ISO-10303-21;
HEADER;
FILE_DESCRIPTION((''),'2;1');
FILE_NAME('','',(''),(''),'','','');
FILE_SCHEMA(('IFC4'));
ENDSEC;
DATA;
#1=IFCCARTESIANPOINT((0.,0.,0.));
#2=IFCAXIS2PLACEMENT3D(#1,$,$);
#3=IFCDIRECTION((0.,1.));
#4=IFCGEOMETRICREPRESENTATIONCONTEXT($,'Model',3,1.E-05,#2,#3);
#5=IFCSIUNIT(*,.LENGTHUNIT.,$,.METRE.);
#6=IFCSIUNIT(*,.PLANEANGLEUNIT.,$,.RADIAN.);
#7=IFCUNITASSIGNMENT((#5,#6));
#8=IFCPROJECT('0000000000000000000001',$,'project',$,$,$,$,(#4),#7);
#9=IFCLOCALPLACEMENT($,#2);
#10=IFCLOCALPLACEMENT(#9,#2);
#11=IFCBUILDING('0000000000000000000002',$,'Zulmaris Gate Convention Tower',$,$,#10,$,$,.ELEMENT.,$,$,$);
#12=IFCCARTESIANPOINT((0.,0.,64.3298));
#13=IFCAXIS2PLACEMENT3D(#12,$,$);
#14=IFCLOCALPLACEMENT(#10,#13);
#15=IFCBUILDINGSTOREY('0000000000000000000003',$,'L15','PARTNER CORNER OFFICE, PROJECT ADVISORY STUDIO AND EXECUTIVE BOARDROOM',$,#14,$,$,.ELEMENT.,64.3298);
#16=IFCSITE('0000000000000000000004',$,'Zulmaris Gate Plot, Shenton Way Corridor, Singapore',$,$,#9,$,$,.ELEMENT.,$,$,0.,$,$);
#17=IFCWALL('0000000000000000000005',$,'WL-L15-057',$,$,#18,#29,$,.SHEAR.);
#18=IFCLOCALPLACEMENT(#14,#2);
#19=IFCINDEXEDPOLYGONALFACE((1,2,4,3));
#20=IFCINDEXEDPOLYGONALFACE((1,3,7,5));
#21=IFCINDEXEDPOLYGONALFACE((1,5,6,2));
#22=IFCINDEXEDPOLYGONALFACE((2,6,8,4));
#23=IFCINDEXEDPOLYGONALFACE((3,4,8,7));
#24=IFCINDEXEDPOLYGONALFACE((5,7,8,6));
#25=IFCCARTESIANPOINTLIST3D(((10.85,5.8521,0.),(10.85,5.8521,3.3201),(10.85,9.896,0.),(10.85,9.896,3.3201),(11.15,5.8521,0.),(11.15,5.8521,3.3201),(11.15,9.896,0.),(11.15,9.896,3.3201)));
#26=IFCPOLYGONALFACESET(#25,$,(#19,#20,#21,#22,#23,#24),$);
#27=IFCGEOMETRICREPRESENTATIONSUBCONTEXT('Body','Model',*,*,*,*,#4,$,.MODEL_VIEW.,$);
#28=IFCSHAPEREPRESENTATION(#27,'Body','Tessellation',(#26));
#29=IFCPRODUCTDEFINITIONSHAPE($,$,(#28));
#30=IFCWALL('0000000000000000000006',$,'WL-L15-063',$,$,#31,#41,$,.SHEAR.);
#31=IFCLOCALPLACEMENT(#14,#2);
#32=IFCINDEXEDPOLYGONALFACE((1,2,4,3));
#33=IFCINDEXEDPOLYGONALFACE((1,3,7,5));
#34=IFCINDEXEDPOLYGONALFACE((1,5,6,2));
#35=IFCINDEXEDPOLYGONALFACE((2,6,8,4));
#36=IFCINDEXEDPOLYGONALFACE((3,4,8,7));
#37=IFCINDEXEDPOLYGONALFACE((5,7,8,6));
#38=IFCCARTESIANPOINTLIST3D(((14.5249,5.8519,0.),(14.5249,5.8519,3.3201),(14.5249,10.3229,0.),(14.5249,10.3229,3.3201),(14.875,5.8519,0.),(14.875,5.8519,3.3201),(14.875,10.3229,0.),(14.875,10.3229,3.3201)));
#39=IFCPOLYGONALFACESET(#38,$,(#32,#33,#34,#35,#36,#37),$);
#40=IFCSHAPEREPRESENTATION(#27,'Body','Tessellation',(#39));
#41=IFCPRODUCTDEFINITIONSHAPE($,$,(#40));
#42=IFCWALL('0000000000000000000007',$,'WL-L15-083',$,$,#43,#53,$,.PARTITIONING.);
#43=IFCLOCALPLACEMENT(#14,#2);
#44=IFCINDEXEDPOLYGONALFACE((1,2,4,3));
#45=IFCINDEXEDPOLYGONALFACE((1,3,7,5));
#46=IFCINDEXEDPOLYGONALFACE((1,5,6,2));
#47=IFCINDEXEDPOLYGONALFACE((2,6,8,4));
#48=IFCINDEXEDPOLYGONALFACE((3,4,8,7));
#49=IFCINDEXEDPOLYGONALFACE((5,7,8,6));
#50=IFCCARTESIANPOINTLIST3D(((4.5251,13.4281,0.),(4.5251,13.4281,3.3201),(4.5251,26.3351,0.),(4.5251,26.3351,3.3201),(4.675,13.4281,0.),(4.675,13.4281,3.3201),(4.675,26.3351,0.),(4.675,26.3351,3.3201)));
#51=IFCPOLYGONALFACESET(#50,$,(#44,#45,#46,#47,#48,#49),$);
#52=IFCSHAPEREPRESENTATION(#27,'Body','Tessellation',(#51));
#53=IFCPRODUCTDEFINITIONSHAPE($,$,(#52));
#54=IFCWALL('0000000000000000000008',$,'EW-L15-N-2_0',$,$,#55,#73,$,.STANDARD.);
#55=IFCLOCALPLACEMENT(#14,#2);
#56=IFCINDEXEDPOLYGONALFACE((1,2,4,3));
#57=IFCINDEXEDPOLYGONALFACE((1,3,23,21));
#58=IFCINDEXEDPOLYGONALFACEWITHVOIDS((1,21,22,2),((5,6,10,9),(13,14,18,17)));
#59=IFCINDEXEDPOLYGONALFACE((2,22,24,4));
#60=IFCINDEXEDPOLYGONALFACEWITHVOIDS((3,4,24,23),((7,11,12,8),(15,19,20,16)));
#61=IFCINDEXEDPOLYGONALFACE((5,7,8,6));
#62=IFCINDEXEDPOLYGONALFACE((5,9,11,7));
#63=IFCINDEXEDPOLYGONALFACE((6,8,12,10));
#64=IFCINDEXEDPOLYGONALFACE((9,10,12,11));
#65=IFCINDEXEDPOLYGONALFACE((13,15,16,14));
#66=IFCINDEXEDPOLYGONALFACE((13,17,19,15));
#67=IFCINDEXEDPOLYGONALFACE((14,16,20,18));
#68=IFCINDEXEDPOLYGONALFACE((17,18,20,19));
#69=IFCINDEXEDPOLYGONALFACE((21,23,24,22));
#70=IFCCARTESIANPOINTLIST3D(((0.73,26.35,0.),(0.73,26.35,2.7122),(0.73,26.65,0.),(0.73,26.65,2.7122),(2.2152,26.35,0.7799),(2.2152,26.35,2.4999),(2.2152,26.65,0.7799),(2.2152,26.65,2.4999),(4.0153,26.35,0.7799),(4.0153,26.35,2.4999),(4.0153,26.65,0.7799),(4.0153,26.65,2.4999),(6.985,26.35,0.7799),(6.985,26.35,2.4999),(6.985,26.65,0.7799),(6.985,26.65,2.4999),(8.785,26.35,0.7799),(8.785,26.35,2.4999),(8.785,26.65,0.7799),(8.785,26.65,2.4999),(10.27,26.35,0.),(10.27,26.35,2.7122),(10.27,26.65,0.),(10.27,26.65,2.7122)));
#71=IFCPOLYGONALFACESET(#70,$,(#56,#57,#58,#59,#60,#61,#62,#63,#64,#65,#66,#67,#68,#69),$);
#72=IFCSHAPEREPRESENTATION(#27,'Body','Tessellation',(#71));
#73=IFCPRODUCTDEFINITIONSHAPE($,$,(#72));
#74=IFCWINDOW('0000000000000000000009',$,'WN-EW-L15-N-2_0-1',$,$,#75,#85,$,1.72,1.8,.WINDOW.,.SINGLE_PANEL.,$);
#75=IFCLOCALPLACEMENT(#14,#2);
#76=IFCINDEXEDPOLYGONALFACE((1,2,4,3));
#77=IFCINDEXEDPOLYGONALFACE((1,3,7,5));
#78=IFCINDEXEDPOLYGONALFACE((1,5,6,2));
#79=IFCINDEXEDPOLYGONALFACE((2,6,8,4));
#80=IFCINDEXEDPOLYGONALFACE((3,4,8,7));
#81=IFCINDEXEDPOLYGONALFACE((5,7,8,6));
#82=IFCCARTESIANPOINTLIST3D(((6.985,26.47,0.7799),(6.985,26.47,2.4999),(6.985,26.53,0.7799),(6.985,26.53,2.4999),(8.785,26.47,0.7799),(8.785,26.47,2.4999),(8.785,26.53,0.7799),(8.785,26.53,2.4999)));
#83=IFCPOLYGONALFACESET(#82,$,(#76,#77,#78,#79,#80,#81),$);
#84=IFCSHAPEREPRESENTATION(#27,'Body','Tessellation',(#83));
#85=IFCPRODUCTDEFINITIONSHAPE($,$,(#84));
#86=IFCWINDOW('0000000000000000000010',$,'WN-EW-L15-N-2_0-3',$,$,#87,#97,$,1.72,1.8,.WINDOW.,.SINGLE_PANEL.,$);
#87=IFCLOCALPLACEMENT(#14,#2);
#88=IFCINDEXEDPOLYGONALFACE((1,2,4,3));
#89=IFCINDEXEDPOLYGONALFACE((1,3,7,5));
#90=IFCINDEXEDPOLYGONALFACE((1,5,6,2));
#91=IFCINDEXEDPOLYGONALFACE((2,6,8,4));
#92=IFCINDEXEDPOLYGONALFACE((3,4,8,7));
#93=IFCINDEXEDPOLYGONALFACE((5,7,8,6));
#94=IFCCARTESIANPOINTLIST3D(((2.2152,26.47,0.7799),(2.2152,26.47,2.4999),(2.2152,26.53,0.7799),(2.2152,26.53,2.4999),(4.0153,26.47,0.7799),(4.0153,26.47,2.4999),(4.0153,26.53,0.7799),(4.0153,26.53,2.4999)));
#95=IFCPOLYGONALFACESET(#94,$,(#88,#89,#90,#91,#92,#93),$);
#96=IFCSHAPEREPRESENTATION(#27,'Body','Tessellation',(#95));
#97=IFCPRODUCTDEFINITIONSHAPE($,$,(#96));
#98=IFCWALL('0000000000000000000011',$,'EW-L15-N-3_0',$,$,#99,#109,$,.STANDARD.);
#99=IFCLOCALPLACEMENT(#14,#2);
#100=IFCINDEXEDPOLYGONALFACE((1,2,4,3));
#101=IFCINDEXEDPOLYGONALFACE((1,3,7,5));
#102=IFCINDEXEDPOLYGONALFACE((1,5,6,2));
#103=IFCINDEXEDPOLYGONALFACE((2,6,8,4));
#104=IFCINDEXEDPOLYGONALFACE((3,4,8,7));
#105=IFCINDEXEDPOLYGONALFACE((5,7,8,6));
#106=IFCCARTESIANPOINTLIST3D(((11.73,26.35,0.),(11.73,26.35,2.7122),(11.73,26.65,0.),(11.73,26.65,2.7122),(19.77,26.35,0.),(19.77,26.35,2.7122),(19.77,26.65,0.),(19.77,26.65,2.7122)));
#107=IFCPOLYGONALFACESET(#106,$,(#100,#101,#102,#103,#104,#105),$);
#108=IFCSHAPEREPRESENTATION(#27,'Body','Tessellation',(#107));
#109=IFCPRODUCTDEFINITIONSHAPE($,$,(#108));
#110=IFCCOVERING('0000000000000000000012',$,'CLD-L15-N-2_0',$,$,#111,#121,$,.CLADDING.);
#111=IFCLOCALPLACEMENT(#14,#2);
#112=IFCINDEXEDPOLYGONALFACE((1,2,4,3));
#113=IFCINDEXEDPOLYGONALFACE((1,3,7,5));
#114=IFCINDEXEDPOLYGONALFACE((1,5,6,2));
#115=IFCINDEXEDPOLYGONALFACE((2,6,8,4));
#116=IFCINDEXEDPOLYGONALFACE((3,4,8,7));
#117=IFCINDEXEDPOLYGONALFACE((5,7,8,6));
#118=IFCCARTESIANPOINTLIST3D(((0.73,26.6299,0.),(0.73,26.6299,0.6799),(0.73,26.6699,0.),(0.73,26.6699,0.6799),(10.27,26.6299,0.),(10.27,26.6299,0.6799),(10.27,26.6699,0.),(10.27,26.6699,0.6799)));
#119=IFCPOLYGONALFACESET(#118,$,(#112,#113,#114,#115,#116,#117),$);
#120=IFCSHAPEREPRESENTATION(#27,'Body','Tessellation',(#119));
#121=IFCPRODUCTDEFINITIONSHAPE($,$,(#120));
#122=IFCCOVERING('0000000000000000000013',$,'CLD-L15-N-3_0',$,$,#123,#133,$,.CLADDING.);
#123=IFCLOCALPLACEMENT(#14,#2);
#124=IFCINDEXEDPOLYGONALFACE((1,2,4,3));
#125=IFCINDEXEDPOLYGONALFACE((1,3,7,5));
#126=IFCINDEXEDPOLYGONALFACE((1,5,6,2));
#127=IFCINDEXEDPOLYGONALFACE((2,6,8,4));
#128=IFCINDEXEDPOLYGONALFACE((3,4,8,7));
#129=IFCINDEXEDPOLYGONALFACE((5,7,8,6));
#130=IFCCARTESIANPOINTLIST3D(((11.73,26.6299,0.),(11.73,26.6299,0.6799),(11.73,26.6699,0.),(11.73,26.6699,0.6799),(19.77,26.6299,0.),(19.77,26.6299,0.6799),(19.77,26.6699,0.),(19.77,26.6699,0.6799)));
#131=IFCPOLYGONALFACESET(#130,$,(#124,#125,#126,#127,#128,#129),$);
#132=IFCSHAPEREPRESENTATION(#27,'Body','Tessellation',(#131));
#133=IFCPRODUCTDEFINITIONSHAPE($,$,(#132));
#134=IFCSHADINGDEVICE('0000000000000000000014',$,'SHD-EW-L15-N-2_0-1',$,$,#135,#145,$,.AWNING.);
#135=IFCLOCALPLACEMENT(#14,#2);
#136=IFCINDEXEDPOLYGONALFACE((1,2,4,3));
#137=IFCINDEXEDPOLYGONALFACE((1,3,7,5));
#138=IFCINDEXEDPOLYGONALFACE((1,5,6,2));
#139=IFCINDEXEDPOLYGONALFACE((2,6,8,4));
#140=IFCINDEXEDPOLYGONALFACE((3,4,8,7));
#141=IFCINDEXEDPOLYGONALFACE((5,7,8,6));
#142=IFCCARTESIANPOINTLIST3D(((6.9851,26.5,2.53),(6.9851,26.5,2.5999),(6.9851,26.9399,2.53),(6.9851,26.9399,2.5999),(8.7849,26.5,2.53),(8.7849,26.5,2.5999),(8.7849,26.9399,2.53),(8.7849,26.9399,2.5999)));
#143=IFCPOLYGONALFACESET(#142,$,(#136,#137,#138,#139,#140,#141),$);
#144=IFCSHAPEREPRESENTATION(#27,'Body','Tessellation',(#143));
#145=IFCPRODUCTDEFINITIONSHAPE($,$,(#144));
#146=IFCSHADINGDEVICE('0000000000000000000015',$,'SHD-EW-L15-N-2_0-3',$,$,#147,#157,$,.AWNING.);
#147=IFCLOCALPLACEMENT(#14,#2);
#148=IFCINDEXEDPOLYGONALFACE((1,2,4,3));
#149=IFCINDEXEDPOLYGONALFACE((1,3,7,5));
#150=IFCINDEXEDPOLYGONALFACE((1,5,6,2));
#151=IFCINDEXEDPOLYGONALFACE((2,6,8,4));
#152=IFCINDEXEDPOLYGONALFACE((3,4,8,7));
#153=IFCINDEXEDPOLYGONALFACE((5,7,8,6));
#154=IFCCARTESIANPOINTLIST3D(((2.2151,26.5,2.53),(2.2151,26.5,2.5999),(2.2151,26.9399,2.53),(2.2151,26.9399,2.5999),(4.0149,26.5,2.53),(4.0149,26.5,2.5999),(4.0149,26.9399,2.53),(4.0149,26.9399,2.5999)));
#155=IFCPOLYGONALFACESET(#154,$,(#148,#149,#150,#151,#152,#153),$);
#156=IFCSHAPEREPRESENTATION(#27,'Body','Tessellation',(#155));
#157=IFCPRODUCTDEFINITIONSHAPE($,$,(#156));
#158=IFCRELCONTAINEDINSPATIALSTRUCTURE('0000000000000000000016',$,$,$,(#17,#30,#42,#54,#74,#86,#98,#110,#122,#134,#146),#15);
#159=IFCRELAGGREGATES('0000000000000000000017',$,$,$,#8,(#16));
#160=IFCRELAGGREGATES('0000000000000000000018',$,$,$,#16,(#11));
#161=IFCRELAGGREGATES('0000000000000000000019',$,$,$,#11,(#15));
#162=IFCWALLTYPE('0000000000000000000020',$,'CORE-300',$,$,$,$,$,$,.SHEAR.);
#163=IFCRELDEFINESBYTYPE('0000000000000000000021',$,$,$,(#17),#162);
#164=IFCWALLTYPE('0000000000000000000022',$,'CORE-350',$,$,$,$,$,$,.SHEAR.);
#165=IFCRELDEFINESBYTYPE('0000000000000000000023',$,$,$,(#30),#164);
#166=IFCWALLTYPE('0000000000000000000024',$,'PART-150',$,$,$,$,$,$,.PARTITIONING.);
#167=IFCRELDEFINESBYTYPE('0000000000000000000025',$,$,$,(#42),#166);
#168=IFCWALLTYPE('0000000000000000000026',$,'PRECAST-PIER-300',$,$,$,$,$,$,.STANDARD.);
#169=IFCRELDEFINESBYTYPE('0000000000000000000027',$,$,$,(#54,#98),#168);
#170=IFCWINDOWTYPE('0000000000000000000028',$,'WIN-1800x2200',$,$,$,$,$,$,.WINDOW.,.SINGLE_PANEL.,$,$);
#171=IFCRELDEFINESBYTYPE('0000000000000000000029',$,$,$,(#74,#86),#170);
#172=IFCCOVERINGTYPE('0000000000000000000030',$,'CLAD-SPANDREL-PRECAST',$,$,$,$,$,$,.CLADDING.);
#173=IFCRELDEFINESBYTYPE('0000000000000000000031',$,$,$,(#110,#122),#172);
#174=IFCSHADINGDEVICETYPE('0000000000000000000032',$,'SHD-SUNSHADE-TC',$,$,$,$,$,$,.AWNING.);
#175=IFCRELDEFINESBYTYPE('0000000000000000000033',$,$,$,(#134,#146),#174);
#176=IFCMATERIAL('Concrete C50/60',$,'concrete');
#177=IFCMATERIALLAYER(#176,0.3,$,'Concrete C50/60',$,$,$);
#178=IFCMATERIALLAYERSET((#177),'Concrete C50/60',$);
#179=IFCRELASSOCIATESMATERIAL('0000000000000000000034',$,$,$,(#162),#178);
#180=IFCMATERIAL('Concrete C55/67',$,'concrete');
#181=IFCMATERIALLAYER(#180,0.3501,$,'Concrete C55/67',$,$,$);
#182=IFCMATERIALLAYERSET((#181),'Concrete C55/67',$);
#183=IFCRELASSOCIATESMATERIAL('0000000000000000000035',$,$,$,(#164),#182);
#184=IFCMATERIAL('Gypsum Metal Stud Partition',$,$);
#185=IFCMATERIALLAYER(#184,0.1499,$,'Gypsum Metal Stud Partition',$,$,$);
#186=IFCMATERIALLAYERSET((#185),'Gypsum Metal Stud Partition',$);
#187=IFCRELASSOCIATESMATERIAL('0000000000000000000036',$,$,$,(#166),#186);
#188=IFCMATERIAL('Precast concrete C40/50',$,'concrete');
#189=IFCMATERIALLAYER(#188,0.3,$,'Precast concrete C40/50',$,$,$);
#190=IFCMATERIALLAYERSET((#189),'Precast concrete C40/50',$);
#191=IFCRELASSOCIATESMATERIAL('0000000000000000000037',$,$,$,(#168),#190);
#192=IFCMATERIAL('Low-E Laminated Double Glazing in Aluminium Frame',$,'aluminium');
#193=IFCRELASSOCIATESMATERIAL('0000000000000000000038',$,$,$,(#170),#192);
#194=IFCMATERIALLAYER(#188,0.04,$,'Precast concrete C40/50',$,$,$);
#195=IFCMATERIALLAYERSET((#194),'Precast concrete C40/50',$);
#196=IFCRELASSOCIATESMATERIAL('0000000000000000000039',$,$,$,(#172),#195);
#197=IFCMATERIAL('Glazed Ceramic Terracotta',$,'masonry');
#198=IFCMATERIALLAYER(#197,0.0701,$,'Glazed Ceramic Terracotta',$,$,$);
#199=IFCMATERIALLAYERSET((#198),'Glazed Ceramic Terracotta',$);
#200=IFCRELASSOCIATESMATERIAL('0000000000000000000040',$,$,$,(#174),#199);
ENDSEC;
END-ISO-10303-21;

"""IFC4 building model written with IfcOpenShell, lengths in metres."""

from ifc_helpers import new_model, si_unit, direction, frame, frame_2d, origin, place, context, subcontext, project, spatial, rectangle, extrude, material, layer, layer_set, type_object, element, fill, save


model = new_model("IFC4")

# Units and contexts
model_context = context("Model", 3, precision=1e-05, world=origin(), true_north=direction((0.0, 1.0)))
body_context = subcontext(model_context, "Body", "Model", "MODEL_VIEW")
ifc_project = project(units=[si_unit("LENGTHUNIT", "METRE"), si_unit("PLANEANGLEUNIT", "RADIAN")], contexts=[model_context])

# Site, building, storey
site_placement = place(None, origin())
site = spatial("IfcSite", under=ifc_project, at=site_placement, Name="Zulmaris Gate Plot, Shenton Way Corridor, Singapore", CompositionType="ELEMENT", RefElevation=0.0)
building_placement = place(site_placement, origin())
building = spatial("IfcBuilding", under=site, at=building_placement, Name="Zulmaris Gate Convention Tower", CompositionType="ELEMENT")
storey_placement = place(building_placement, frame((0.0, 0.0, 64.3298)))
storey = spatial("IfcBuildingStorey", under=building, at=storey_placement, Name="L15", Description="PARTNER CORNER OFFICE, PROJECT ADVISORY STUDIO AND EXECUTIVE BOARDROOM", CompositionType="ELEMENT", Elevation=64.3298)

# Shared definitions
ifc_material_1 = material(Name="Concrete C50/60", Category="concrete")
ifc_layer_1 = layer(ifc_material_1, 0.3, Name="Concrete C50/60")
ifc_layer_set_1 = layer_set([ifc_layer_1], Name="Concrete C50/60")
wall_type_1 = type_object("IfcWallType", Name="CORE-300", PredefinedType="SHEAR", material=ifc_layer_set_1)

# Wall
wall_1_placement = place(storey_placement, frame((11.0, 5.8521, 0.0), z_axis=(0.0, 0.0, 1.0), x_axis=(0.0, 1.0, 0.0)))
element("IfcWall", 1, at=wall_1_placement, inside=storey, type_object=wall_type_1, Name="WL-L15-057", PredefinedType="SHEAR", context=body_context, shape_type="SweptSolid", body=[
    extrude(rectangle(XDim=4.0439, YDim=0.3, at=frame_2d((2.022, 0.0))), origin(), (0.0, 0.0, 1.0), 3.3201),
])

# Shared definitions
ifc_material_2 = material(Name="Concrete C55/67", Category="concrete")
ifc_layer_2 = layer(ifc_material_2, 0.3501, Name="Concrete C55/67")
ifc_layer_set_2 = layer_set([ifc_layer_2], Name="Concrete C55/67")
wall_type_2 = type_object("IfcWallType", Name="CORE-350", PredefinedType="SHEAR", material=ifc_layer_set_2)

# Walls
wall_2_placement = place(storey_placement, frame((14.7, 5.8521, 0.0), z_axis=(0.0, 0.0, 1.0), x_axis=(0.0, 1.0, 0.0)))
element("IfcWall", 2, at=wall_2_placement, inside=storey, type_object=wall_type_2, Name="WL-L15-063", PredefinedType="SHEAR", context=body_context, shape_type="SweptSolid", body=[
    extrude(rectangle(XDim=4.4709, YDim=0.3501, at=frame_2d((2.2354, 0.0))), origin(), (0.0, 0.0, 1.0), 3.3201),
])
ifc_material_3 = material(Name="Gypsum Metal Stud Partition")
ifc_layer_3 = layer(ifc_material_3, 0.1499, Name="Gypsum Metal Stud Partition")
ifc_layer_set_3 = layer_set([ifc_layer_3], Name="Gypsum Metal Stud Partition")
wall_type_3 = type_object("IfcWallType", Name="PART-150", PredefinedType="PARTITIONING", material=ifc_layer_set_3)
wall_3_placement = place(storey_placement, frame((4.6001, 13.428, 0.0), z_axis=(0.0, 0.0, 1.0), x_axis=(0.0, 1.0, 0.0)))
element("IfcWall", 3, at=wall_3_placement, inside=storey, type_object=wall_type_3, Name="WL-L15-083", PredefinedType="PARTITIONING", context=body_context, shape_type="SweptSolid", body=[
    extrude(rectangle(XDim=12.907, YDim=0.1499, at=frame_2d((6.4536, 0.0))), origin(), (0.0, 0.0, 1.0), 3.3201),
])

# Wall, openings, windows
ifc_material_4 = material(Name="Precast concrete C40/50", Category="concrete")
ifc_layer_4 = layer(ifc_material_4, 0.3, Name="Precast concrete C40/50")
ifc_layer_set_4 = layer_set([ifc_layer_4], Name="Precast concrete C40/50")
wall_type_4 = type_object("IfcWallType", Name="PRECAST-PIER-300", PredefinedType="STANDARD", material=ifc_layer_set_4)
wall_4_placement = place(storey_placement, frame((10.27, 26.5, 0.0), z_axis=(0.0, 0.0, 1.0), x_axis=(-1.0, 0.0, 0.0)))
wall_4 = element("IfcWall", 4, at=wall_4_placement, inside=storey, type_object=wall_type_4, Name="EW-L15-N-2_0", PredefinedType="STANDARD", context=body_context, shape_type="SweptSolid", body=[
    extrude(rectangle(XDim=9.54, YDim=0.3, at=frame_2d((4.77, 0.0))), origin(), (0.0, 0.0, 1.0), 2.7122),
])
opening_1_placement = place(wall_4_placement, frame((1.4851, 0.0, 0.78)))
opening_1 = element("IfcOpeningElement", 5, at=opening_1_placement, cuts=wall_4, PredefinedType="OPENING", context=body_context, shape_type="SweptSolid", body=[
    extrude(rectangle(XDim=1.8, YDim=1.72, at=frame_2d((0.8999, 0.8599))), frame((0.0, 0.1602, 0.0), z_axis=(0.0, -1.0, 0.0), x_axis=(1.0, 0.0, 0.0)), (0.0, 0.0, 1.0), 0.3201),
])
opening_2_placement = place(wall_4_placement, frame((6.2549, 0.0, 0.78)))
opening_2 = element("IfcOpeningElement", 6, at=opening_2_placement, cuts=wall_4, PredefinedType="OPENING", context=body_context, shape_type="SweptSolid", body=[
    extrude(rectangle(XDim=1.8, YDim=1.72, at=frame_2d((0.8999, 0.8599))), frame((0.0, 0.1602, 0.0), z_axis=(0.0, -1.0, 0.0), x_axis=(1.0, 0.0, 0.0)), (0.0, 0.0, 1.0), 0.3201),
])
ifc_material_5 = material(Name="Low-E Laminated Double Glazing in Aluminium Frame", Category="aluminium")
window_type = type_object("IfcWindowType", Name="WIN-1800x2200", PartitioningType="SINGLE_PANEL", PredefinedType="WINDOW", material=ifc_material_5)
window_1_placement = place(opening_1_placement, origin())
window_1 = element("IfcWindow", 7, at=window_1_placement, inside=storey, type_object=window_type, Name="WN-EW-L15-N-2_0-1", OverallHeight=1.72, OverallWidth=1.8, PartitioningType="SINGLE_PANEL", PredefinedType="WINDOW", context=body_context, shape_type="SweptSolid", body=[
    extrude(rectangle(XDim=1.8, YDim=1.72, at=frame_2d((0.8999, 0.8599))), frame((0.0, 0.03, 0.0), z_axis=(0.0, -1.0, 0.0), x_axis=(1.0, 0.0, 0.0)), (0.0, 0.0, 1.0), 0.0601),
])
fill(opening_1, window_1)
window_2_placement = place(opening_2_placement, origin())
window_2 = element("IfcWindow", 8, at=window_2_placement, inside=storey, type_object=window_type, Name="WN-EW-L15-N-2_0-3", OverallHeight=1.72, OverallWidth=1.8, PartitioningType="SINGLE_PANEL", PredefinedType="WINDOW", context=body_context, shape_type="SweptSolid", body=[
    extrude(rectangle(XDim=1.8, YDim=1.72, at=frame_2d((0.8999, 0.8599))), frame((0.0, 0.03, 0.0), z_axis=(0.0, -1.0, 0.0), x_axis=(1.0, 0.0, 0.0)), (0.0, 0.0, 1.0), 0.0601),
])
fill(opening_2, window_2)

# Wall
wall_5_placement = place(storey_placement, frame((19.77, 26.5, 0.0), z_axis=(0.0, 0.0, 1.0), x_axis=(-1.0, 0.0, 0.0)))
element("IfcWall", 9, at=wall_5_placement, inside=storey, type_object=wall_type_4, Name="EW-L15-N-3_0", PredefinedType="STANDARD", context=body_context, shape_type="SweptSolid", body=[
    extrude(rectangle(XDim=8.04, YDim=0.3, at=frame_2d((4.02, 0.0))), origin(), (0.0, 0.0, 1.0), 2.7122),
])

# Coverings
ifc_layer_5 = layer(ifc_material_4, 0.04, Name="Precast concrete C40/50")
ifc_layer_set_5 = layer_set([ifc_layer_5], Name="Precast concrete C40/50")
covering_type = type_object("IfcCoveringType", Name="CLAD-SPANDREL-PRECAST", PredefinedType="CLADDING", material=ifc_layer_set_5)
covering_1_placement = place(storey_placement, frame((10.27, 26.6499, 0.0), z_axis=(0.0, 0.0, 1.0), x_axis=(-1.0, 0.0, 0.0)))
element("IfcCovering", 10, at=covering_1_placement, inside=storey, type_object=covering_type, Name="CLD-L15-N-2_0", PredefinedType="CLADDING", context=body_context, shape_type="SweptSolid", body=[
    extrude(rectangle(XDim=9.54, YDim=0.04, at=frame_2d((4.77, 0.0))), origin(), (0.0, 0.0, 1.0), 0.6799),
])
covering_2_placement = place(storey_placement, frame((19.77, 26.6499, 0.0), z_axis=(0.0, 0.0, 1.0), x_axis=(-1.0, 0.0, 0.0)))
element("IfcCovering", 11, at=covering_2_placement, inside=storey, type_object=covering_type, Name="CLD-L15-N-3_0", PredefinedType="CLADDING", context=body_context, shape_type="SweptSolid", body=[
    extrude(rectangle(XDim=8.04, YDim=0.04, at=frame_2d((4.02, 0.0))), origin(), (0.0, 0.0, 1.0), 0.6799),
])

# Shading devices
ifc_material_6 = material(Name="Glazed Ceramic Terracotta", Category="masonry")
ifc_layer_6 = layer(ifc_material_6, 0.0701, Name="Glazed Ceramic Terracotta")
ifc_layer_set_6 = layer_set([ifc_layer_6], Name="Glazed Ceramic Terracotta")
shading_device_type = type_object("IfcShadingDeviceType", Name="SHD-SUNSHADE-TC", PredefinedType="AWNING", material=ifc_layer_set_6)
for number, where, z_axis, x_axis, name in (
    (12, (8.7849, 26.72, 2.53), (0.0, 0.0, 1.0), (-1.0, 0.0, 0.0), "SHD-EW-L15-N-2_0-1"),
    (13, (4.0149, 26.72, 2.53), (0.0, 0.0, 1.0), (-1.0, 0.0, 0.0), "SHD-EW-L15-N-2_0-3"),
):
    element("IfcShadingDevice", number, at=place(storey_placement, frame(where, z_axis=z_axis, x_axis=x_axis)), inside=storey, type_object=shading_device_type, Name=name, PredefinedType="AWNING", context=body_context, shape_type="SweptSolid", body=[
        extrude(rectangle(XDim=1.7998, YDim=0.4399, at=frame_2d((0.8999, 0.0))), origin(), (0.0, 0.0, 1.0), 0.0698),
    ])

save(model, "model.ifc")
